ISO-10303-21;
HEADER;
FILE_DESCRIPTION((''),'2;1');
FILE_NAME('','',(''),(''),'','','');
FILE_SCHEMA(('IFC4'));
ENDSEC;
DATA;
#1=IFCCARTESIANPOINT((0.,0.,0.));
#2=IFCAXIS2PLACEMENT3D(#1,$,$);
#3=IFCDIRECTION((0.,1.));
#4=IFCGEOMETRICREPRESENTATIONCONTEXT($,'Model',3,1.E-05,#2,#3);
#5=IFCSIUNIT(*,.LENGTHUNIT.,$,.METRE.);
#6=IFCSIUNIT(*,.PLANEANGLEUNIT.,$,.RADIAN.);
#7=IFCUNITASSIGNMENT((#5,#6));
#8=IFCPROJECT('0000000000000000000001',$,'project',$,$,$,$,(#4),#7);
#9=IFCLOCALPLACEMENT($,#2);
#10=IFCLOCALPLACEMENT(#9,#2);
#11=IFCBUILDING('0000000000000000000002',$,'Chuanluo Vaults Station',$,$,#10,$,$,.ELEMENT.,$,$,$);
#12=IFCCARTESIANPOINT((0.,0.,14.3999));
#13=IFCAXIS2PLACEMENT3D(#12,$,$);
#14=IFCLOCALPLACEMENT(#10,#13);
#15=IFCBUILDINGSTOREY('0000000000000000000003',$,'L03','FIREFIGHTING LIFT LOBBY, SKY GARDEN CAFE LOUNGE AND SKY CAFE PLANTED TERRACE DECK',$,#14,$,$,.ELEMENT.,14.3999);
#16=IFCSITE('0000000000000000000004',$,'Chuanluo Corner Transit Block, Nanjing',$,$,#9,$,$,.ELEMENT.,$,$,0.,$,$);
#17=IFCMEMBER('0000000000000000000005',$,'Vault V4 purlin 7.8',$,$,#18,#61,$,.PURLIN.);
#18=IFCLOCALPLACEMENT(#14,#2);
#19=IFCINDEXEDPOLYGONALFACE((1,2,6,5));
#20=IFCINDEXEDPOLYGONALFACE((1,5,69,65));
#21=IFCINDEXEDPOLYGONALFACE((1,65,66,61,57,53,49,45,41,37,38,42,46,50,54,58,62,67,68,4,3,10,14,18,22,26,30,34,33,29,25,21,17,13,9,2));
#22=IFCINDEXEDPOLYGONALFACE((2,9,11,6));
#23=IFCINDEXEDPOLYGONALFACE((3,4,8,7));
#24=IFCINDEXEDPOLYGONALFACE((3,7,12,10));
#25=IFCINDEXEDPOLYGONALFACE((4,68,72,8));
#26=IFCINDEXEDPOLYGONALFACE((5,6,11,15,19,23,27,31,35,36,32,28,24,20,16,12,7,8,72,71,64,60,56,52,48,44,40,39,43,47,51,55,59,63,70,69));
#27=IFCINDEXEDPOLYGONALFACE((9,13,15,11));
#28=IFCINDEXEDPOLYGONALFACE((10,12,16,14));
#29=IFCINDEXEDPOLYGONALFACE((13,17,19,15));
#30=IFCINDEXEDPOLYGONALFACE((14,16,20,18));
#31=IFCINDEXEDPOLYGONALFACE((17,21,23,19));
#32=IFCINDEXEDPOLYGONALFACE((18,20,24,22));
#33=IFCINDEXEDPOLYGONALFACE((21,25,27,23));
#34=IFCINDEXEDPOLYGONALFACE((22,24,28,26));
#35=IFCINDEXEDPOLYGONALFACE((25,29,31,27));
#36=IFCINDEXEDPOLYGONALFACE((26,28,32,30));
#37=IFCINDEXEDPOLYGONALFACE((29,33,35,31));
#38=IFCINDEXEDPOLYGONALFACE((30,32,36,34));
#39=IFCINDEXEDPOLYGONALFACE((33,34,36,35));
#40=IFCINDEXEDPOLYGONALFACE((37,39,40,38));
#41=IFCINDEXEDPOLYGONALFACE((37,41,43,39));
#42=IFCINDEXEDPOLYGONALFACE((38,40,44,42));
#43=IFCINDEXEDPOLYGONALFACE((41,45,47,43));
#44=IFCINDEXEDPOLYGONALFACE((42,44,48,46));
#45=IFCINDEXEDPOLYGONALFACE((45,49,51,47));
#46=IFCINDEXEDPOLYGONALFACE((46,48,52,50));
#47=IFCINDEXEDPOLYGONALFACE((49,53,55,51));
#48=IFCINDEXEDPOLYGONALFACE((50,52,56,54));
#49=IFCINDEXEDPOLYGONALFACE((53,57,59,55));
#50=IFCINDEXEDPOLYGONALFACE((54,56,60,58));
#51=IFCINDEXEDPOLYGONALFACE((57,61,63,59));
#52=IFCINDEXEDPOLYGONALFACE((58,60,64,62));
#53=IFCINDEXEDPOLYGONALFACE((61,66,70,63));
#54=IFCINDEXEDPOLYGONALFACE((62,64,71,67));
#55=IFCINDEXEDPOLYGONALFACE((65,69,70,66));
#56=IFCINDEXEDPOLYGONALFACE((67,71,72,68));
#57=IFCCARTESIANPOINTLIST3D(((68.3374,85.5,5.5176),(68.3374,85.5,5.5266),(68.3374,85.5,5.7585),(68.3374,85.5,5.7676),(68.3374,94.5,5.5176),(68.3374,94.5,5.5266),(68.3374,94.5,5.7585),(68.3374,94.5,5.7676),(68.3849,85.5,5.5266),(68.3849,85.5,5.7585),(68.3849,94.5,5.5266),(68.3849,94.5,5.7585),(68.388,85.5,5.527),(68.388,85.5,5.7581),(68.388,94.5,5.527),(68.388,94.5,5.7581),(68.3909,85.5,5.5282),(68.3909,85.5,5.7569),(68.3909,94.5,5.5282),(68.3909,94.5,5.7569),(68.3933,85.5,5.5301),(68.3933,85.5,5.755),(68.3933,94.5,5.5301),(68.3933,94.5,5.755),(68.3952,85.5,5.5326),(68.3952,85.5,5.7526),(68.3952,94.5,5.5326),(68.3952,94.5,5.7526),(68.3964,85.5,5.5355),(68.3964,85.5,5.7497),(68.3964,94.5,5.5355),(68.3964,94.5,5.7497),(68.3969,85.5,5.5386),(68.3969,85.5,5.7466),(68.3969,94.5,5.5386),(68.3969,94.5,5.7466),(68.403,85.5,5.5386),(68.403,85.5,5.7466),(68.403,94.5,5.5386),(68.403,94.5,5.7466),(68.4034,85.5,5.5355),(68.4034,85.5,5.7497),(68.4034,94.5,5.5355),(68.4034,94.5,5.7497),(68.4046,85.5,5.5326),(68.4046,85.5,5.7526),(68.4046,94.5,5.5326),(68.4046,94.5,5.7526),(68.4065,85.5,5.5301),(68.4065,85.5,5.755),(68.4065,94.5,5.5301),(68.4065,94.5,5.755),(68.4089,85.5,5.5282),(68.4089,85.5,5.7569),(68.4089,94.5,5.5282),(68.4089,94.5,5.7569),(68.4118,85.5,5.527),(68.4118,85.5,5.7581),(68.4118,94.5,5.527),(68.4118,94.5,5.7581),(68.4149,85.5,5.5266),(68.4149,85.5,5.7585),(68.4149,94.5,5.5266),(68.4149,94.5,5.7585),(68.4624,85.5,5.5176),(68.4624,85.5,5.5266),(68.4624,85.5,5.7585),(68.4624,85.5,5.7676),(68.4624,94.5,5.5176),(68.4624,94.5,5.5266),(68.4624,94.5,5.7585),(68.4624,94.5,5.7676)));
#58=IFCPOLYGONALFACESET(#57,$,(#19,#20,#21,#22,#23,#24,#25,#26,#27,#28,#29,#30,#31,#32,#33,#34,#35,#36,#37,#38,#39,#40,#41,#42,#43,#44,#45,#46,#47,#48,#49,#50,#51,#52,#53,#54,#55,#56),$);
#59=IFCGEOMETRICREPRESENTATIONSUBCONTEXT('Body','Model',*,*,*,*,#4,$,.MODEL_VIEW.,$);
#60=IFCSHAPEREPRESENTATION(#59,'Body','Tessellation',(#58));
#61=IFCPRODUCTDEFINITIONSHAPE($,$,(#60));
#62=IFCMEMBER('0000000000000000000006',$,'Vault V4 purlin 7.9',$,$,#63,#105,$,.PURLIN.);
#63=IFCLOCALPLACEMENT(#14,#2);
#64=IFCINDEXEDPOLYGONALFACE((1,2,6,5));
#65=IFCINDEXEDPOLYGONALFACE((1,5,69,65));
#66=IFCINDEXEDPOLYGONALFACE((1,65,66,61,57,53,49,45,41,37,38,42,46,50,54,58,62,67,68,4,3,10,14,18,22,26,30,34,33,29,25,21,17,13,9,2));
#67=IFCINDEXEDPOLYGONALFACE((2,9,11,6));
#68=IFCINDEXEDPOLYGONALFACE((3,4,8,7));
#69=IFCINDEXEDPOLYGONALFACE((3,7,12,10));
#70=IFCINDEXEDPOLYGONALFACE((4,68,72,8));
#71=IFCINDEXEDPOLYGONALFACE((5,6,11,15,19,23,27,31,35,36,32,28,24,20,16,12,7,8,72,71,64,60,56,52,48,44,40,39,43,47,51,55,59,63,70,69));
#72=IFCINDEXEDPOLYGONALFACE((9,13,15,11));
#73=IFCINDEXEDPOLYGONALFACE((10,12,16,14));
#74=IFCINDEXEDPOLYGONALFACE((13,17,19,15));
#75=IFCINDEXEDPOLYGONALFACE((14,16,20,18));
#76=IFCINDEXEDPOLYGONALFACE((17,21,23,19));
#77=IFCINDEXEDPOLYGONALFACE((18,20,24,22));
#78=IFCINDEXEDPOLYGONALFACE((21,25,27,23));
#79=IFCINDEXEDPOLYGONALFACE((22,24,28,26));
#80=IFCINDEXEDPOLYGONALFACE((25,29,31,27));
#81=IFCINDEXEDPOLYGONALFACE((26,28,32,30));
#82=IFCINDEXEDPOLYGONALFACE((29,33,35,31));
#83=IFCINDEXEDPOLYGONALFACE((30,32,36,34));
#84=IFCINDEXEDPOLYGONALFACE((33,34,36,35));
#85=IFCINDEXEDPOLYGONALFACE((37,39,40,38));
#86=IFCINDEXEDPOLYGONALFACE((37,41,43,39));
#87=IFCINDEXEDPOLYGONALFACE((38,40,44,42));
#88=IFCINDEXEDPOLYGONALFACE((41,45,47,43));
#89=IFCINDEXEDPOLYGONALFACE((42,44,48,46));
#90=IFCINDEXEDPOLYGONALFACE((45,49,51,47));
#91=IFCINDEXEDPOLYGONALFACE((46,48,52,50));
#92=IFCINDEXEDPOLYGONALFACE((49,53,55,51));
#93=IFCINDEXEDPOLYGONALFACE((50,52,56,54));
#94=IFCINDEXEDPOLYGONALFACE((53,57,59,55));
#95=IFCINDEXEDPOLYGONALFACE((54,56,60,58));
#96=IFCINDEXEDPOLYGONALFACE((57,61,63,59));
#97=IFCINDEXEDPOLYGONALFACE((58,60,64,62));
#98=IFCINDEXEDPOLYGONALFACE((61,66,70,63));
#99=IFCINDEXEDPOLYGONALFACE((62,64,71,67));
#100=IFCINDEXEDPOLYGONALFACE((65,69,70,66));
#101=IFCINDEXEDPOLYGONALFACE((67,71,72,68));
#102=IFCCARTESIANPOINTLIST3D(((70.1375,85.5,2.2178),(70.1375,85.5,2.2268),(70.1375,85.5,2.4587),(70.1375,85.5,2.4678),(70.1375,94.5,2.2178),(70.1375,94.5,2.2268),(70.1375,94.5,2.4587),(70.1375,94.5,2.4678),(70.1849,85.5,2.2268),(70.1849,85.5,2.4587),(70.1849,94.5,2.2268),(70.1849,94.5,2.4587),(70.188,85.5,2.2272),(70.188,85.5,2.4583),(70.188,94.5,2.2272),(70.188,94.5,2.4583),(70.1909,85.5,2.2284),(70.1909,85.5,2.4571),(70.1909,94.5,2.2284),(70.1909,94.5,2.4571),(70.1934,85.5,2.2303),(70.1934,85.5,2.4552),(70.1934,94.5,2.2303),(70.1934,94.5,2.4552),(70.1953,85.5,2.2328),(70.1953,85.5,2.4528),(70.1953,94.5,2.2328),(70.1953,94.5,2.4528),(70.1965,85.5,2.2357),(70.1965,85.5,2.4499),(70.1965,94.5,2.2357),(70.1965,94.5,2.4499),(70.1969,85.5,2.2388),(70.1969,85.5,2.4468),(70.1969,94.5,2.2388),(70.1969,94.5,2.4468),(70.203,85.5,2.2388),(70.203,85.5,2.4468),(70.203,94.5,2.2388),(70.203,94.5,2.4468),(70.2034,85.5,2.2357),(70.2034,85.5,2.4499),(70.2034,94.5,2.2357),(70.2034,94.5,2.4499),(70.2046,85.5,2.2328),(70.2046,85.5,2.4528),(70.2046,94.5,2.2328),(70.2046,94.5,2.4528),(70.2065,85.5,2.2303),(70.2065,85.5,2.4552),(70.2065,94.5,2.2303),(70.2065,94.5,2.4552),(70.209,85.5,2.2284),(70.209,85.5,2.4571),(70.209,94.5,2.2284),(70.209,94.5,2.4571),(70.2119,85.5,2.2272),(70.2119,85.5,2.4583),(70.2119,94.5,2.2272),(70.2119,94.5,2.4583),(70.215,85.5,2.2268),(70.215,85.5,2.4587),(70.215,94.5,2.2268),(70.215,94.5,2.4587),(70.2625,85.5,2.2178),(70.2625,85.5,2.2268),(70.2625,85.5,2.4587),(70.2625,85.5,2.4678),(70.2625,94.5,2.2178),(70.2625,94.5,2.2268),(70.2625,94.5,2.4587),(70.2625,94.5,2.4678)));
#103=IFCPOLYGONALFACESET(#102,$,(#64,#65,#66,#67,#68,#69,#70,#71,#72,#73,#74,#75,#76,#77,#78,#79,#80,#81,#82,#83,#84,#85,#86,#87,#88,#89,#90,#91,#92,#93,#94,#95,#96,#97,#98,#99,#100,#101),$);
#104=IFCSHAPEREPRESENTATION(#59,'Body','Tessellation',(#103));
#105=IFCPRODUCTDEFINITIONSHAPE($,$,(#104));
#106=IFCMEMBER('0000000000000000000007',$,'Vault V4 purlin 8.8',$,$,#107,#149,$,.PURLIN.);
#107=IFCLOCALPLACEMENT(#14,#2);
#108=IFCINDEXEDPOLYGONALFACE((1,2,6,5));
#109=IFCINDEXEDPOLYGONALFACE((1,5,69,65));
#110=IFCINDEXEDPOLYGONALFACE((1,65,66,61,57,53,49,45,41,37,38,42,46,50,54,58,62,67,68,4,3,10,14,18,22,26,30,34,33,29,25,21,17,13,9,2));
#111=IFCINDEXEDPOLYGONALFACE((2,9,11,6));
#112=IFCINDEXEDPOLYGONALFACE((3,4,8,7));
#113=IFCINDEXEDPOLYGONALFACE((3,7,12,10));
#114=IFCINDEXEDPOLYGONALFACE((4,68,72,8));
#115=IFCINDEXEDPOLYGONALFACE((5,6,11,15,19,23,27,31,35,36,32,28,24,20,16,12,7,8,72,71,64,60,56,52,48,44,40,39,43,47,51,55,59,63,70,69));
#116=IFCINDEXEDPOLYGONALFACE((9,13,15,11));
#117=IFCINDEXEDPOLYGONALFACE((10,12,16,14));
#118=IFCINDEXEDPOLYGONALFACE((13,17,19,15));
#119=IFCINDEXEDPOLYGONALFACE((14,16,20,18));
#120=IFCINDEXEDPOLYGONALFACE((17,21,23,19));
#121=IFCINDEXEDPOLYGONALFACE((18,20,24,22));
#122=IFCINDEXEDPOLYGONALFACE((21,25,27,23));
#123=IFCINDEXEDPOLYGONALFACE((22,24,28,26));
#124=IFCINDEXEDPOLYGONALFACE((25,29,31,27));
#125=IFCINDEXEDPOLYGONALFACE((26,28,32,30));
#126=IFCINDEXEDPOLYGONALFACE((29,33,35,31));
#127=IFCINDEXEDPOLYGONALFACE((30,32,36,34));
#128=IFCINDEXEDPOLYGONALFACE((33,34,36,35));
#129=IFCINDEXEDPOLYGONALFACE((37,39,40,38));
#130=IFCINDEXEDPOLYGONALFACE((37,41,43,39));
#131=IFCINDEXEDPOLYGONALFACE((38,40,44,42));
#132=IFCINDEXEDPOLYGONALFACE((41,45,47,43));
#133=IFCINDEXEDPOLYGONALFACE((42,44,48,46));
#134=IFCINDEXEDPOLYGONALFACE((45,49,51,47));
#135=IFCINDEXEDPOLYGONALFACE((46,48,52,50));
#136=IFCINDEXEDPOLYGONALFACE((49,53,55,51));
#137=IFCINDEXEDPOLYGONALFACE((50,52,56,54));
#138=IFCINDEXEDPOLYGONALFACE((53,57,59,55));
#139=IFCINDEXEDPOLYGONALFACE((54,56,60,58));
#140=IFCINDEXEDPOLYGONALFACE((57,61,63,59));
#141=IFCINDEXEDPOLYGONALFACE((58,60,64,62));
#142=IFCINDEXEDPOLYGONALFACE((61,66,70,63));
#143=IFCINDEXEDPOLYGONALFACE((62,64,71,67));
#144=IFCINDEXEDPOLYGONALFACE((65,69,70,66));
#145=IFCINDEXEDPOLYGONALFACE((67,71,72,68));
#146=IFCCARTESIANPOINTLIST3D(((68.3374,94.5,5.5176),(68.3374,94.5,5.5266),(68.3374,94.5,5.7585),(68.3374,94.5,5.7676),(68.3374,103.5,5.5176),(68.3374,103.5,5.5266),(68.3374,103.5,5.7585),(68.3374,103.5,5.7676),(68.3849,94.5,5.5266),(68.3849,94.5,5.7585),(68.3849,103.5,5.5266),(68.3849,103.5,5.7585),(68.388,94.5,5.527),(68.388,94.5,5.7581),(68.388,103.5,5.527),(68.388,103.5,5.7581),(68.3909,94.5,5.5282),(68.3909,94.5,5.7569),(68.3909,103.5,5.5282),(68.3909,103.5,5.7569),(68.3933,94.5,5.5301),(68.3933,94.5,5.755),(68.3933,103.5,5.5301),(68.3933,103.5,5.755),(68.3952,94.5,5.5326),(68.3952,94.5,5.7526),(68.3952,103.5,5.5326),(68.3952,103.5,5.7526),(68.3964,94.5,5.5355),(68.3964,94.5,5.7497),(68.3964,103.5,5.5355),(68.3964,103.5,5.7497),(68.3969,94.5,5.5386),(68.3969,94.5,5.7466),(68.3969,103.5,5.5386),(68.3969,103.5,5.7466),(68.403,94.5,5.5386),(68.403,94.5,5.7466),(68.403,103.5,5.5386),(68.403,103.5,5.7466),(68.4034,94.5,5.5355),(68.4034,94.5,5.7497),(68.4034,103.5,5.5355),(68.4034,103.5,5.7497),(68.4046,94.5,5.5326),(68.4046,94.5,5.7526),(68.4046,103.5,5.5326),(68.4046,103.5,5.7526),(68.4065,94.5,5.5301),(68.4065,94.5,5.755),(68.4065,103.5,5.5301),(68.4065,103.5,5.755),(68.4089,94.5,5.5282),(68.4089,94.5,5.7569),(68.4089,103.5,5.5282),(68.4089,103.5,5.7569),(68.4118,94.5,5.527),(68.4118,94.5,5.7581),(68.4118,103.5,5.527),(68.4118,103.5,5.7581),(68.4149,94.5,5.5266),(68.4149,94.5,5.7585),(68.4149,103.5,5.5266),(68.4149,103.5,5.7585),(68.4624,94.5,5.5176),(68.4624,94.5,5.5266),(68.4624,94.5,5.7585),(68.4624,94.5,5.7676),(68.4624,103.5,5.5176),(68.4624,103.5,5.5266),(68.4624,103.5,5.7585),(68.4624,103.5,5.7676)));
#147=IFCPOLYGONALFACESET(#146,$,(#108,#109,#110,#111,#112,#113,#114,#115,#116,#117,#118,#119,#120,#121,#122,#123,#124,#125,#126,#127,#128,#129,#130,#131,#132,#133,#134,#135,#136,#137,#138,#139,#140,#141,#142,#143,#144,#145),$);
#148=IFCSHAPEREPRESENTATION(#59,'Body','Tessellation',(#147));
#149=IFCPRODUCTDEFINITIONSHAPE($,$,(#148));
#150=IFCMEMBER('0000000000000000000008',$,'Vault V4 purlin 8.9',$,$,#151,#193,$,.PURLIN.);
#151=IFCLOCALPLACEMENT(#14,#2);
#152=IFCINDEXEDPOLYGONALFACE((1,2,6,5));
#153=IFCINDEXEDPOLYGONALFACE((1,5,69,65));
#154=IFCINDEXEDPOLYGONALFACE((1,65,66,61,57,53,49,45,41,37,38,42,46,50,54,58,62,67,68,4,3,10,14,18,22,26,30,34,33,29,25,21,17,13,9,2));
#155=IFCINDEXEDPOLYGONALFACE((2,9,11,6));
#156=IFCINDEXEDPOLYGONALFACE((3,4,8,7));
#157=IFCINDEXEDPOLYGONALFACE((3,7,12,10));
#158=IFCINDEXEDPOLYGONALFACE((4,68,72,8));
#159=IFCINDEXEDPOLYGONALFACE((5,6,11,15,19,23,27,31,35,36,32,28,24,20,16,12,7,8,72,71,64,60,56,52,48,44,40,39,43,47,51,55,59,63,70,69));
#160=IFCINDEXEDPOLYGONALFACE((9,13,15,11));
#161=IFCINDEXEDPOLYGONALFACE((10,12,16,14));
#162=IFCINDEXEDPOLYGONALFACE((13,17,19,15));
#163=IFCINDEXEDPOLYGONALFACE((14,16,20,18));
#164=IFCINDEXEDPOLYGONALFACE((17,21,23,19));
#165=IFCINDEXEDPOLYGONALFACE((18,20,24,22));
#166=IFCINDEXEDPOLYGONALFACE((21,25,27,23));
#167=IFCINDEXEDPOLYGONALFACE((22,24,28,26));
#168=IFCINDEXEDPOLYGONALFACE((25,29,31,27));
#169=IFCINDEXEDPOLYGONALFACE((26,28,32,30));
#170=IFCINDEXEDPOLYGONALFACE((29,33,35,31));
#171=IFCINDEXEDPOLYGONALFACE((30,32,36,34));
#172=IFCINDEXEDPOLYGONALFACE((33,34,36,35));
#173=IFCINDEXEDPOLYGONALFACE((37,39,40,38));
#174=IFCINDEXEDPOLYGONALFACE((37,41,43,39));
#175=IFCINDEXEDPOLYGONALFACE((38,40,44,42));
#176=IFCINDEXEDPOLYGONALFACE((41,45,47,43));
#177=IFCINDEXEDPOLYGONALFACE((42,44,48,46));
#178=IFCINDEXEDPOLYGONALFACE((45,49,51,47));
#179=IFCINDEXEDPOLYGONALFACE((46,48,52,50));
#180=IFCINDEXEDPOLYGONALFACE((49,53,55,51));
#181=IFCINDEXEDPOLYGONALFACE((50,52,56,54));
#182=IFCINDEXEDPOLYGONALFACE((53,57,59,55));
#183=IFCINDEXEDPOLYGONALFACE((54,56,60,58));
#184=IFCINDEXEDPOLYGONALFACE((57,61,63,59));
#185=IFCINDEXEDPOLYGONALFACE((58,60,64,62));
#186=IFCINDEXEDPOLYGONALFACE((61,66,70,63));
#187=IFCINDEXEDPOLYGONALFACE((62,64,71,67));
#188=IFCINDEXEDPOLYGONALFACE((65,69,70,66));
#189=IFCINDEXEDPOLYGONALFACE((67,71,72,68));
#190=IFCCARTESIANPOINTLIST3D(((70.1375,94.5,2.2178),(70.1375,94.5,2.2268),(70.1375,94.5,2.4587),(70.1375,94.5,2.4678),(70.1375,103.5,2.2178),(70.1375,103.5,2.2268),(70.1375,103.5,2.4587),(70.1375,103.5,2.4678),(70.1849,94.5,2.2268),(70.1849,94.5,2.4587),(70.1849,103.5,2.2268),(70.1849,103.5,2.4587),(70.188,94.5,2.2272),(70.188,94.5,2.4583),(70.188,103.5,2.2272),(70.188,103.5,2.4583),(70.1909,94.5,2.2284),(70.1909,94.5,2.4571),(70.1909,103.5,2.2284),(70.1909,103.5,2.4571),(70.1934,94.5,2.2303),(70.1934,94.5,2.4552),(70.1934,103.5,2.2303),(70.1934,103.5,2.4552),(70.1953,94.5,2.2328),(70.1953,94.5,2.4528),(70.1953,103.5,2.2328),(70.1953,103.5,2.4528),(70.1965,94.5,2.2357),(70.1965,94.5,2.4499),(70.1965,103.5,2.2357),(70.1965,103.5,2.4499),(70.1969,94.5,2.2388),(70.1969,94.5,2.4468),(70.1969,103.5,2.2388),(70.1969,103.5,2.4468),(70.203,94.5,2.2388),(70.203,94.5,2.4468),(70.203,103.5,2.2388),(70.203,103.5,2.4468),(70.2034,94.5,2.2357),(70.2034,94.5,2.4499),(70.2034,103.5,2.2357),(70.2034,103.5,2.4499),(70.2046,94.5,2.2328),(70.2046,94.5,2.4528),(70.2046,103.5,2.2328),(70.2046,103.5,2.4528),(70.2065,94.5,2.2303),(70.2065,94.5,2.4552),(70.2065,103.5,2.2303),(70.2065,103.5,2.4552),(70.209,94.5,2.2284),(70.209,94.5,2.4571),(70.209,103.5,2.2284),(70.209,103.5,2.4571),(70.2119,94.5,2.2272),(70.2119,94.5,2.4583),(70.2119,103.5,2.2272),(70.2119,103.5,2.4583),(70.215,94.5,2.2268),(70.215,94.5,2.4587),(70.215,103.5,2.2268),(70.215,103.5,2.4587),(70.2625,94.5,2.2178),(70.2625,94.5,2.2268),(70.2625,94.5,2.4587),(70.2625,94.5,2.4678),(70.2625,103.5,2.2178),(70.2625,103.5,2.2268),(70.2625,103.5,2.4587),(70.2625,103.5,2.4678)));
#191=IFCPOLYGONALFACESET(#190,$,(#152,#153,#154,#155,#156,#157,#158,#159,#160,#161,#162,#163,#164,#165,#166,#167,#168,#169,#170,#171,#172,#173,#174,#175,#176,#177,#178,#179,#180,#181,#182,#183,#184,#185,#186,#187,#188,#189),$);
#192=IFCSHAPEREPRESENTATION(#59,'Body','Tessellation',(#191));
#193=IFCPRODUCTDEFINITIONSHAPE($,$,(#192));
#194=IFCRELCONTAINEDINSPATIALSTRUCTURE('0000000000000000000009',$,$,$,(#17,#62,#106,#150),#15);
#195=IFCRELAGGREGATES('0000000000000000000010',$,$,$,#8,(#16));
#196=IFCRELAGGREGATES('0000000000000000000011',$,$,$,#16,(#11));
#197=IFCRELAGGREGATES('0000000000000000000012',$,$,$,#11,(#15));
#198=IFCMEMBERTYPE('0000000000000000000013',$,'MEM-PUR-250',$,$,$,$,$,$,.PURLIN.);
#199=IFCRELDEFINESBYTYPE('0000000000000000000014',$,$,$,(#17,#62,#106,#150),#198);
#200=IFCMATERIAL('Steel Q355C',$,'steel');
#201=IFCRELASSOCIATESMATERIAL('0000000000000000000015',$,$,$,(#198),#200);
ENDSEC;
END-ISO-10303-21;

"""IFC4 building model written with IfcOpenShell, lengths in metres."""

from ifc_helpers import new_model, si_unit, direction, frame, origin, origin_2d, place, context, subcontext, project, spatial, i_section, extrude, material, material_profile, profile_set, type_object, element, save


model = new_model("IFC4")

# Units and contexts
model_context = context("Model", 3, precision=1e-05, world=origin(), true_north=direction((0.0, 1.0)))
body_context = subcontext(model_context, "Body", "Model", "MODEL_VIEW")
ifc_project = project(units=[si_unit("LENGTHUNIT", "METRE"), si_unit("PLANEANGLEUNIT", "RADIAN")], contexts=[model_context])

# Site, building, storey
site_placement = place(None, origin())
site = spatial("IfcSite", under=ifc_project, at=site_placement, Name="Chuanluo Corner Transit Block, Nanjing", CompositionType="ELEMENT", RefElevation=0.0)
building_placement = place(site_placement, origin())
building = spatial("IfcBuilding", under=site, at=building_placement, Name="Chuanluo Vaults Station", CompositionType="ELEMENT")
storey_placement = place(building_placement, frame((0.0, 0.0, 14.3999)))
storey = spatial("IfcBuildingStorey", under=building, at=storey_placement, Name="L03", Description="FIREFIGHTING LIFT LOBBY, SKY GARDEN CAFE LOUNGE AND SKY CAFE PLANTED TERRACE DECK", CompositionType="ELEMENT", Elevation=14.3999)

# Members
ifc_material_1 = material(Name="Steel Q355C", Category="steel")
ifc_material_profile_1 = material_profile(ifc_material_1, i_section(OverallWidth=0.125, OverallDepth=0.25, WebThickness=0.0061, FlangeThickness=0.009, FilletRadius=0.012, at=origin_2d()))
ifc_profile_set_1 = profile_set([ifc_material_profile_1], Name="Steel Q355C")
member_type_1 = type_object("IfcMemberType", Name="MEM-PUR-250", PredefinedType="PURLIN", material=ifc_profile_set_1)
for number, where, z_axis, x_axis, name in (
    (1, (68.3999, 85.5, 5.6426), (0.0, 1.0, 0.0), (-1.0, 0.0, 0.0), "Vault V4 purlin 7.8"),
    (2, (70.2, 85.5, 2.3428), (0.0, 1.0, 0.0), (-1.0, 0.0, 0.0), "Vault V4 purlin 7.9"),
    (3, (68.3999, 94.5, 5.6426), (0.0, 1.0, 0.0), (-1.0, 0.0, 0.0), "Vault V4 purlin 8.8"),
    (4, (70.2, 94.5, 2.3428), (0.0, 1.0, 0.0), (-1.0, 0.0, 0.0), "Vault V4 purlin 8.9"),
):
    element("IfcMember", number, at=place(storey_placement, frame(where, z_axis=z_axis, x_axis=x_axis)), inside=storey, type_object=member_type_1, Name=name, PredefinedType="PURLIN", context=body_context, shape_type="SweptSolid", body=[
        extrude(i_section(OverallWidth=0.125, OverallDepth=0.25, WebThickness=0.0061, FlangeThickness=0.009, FilletRadius=0.012, at=origin_2d()), origin(), (0.0, 0.0, 1.0), 9.0),
    ])

save(model, "model.ifc")
